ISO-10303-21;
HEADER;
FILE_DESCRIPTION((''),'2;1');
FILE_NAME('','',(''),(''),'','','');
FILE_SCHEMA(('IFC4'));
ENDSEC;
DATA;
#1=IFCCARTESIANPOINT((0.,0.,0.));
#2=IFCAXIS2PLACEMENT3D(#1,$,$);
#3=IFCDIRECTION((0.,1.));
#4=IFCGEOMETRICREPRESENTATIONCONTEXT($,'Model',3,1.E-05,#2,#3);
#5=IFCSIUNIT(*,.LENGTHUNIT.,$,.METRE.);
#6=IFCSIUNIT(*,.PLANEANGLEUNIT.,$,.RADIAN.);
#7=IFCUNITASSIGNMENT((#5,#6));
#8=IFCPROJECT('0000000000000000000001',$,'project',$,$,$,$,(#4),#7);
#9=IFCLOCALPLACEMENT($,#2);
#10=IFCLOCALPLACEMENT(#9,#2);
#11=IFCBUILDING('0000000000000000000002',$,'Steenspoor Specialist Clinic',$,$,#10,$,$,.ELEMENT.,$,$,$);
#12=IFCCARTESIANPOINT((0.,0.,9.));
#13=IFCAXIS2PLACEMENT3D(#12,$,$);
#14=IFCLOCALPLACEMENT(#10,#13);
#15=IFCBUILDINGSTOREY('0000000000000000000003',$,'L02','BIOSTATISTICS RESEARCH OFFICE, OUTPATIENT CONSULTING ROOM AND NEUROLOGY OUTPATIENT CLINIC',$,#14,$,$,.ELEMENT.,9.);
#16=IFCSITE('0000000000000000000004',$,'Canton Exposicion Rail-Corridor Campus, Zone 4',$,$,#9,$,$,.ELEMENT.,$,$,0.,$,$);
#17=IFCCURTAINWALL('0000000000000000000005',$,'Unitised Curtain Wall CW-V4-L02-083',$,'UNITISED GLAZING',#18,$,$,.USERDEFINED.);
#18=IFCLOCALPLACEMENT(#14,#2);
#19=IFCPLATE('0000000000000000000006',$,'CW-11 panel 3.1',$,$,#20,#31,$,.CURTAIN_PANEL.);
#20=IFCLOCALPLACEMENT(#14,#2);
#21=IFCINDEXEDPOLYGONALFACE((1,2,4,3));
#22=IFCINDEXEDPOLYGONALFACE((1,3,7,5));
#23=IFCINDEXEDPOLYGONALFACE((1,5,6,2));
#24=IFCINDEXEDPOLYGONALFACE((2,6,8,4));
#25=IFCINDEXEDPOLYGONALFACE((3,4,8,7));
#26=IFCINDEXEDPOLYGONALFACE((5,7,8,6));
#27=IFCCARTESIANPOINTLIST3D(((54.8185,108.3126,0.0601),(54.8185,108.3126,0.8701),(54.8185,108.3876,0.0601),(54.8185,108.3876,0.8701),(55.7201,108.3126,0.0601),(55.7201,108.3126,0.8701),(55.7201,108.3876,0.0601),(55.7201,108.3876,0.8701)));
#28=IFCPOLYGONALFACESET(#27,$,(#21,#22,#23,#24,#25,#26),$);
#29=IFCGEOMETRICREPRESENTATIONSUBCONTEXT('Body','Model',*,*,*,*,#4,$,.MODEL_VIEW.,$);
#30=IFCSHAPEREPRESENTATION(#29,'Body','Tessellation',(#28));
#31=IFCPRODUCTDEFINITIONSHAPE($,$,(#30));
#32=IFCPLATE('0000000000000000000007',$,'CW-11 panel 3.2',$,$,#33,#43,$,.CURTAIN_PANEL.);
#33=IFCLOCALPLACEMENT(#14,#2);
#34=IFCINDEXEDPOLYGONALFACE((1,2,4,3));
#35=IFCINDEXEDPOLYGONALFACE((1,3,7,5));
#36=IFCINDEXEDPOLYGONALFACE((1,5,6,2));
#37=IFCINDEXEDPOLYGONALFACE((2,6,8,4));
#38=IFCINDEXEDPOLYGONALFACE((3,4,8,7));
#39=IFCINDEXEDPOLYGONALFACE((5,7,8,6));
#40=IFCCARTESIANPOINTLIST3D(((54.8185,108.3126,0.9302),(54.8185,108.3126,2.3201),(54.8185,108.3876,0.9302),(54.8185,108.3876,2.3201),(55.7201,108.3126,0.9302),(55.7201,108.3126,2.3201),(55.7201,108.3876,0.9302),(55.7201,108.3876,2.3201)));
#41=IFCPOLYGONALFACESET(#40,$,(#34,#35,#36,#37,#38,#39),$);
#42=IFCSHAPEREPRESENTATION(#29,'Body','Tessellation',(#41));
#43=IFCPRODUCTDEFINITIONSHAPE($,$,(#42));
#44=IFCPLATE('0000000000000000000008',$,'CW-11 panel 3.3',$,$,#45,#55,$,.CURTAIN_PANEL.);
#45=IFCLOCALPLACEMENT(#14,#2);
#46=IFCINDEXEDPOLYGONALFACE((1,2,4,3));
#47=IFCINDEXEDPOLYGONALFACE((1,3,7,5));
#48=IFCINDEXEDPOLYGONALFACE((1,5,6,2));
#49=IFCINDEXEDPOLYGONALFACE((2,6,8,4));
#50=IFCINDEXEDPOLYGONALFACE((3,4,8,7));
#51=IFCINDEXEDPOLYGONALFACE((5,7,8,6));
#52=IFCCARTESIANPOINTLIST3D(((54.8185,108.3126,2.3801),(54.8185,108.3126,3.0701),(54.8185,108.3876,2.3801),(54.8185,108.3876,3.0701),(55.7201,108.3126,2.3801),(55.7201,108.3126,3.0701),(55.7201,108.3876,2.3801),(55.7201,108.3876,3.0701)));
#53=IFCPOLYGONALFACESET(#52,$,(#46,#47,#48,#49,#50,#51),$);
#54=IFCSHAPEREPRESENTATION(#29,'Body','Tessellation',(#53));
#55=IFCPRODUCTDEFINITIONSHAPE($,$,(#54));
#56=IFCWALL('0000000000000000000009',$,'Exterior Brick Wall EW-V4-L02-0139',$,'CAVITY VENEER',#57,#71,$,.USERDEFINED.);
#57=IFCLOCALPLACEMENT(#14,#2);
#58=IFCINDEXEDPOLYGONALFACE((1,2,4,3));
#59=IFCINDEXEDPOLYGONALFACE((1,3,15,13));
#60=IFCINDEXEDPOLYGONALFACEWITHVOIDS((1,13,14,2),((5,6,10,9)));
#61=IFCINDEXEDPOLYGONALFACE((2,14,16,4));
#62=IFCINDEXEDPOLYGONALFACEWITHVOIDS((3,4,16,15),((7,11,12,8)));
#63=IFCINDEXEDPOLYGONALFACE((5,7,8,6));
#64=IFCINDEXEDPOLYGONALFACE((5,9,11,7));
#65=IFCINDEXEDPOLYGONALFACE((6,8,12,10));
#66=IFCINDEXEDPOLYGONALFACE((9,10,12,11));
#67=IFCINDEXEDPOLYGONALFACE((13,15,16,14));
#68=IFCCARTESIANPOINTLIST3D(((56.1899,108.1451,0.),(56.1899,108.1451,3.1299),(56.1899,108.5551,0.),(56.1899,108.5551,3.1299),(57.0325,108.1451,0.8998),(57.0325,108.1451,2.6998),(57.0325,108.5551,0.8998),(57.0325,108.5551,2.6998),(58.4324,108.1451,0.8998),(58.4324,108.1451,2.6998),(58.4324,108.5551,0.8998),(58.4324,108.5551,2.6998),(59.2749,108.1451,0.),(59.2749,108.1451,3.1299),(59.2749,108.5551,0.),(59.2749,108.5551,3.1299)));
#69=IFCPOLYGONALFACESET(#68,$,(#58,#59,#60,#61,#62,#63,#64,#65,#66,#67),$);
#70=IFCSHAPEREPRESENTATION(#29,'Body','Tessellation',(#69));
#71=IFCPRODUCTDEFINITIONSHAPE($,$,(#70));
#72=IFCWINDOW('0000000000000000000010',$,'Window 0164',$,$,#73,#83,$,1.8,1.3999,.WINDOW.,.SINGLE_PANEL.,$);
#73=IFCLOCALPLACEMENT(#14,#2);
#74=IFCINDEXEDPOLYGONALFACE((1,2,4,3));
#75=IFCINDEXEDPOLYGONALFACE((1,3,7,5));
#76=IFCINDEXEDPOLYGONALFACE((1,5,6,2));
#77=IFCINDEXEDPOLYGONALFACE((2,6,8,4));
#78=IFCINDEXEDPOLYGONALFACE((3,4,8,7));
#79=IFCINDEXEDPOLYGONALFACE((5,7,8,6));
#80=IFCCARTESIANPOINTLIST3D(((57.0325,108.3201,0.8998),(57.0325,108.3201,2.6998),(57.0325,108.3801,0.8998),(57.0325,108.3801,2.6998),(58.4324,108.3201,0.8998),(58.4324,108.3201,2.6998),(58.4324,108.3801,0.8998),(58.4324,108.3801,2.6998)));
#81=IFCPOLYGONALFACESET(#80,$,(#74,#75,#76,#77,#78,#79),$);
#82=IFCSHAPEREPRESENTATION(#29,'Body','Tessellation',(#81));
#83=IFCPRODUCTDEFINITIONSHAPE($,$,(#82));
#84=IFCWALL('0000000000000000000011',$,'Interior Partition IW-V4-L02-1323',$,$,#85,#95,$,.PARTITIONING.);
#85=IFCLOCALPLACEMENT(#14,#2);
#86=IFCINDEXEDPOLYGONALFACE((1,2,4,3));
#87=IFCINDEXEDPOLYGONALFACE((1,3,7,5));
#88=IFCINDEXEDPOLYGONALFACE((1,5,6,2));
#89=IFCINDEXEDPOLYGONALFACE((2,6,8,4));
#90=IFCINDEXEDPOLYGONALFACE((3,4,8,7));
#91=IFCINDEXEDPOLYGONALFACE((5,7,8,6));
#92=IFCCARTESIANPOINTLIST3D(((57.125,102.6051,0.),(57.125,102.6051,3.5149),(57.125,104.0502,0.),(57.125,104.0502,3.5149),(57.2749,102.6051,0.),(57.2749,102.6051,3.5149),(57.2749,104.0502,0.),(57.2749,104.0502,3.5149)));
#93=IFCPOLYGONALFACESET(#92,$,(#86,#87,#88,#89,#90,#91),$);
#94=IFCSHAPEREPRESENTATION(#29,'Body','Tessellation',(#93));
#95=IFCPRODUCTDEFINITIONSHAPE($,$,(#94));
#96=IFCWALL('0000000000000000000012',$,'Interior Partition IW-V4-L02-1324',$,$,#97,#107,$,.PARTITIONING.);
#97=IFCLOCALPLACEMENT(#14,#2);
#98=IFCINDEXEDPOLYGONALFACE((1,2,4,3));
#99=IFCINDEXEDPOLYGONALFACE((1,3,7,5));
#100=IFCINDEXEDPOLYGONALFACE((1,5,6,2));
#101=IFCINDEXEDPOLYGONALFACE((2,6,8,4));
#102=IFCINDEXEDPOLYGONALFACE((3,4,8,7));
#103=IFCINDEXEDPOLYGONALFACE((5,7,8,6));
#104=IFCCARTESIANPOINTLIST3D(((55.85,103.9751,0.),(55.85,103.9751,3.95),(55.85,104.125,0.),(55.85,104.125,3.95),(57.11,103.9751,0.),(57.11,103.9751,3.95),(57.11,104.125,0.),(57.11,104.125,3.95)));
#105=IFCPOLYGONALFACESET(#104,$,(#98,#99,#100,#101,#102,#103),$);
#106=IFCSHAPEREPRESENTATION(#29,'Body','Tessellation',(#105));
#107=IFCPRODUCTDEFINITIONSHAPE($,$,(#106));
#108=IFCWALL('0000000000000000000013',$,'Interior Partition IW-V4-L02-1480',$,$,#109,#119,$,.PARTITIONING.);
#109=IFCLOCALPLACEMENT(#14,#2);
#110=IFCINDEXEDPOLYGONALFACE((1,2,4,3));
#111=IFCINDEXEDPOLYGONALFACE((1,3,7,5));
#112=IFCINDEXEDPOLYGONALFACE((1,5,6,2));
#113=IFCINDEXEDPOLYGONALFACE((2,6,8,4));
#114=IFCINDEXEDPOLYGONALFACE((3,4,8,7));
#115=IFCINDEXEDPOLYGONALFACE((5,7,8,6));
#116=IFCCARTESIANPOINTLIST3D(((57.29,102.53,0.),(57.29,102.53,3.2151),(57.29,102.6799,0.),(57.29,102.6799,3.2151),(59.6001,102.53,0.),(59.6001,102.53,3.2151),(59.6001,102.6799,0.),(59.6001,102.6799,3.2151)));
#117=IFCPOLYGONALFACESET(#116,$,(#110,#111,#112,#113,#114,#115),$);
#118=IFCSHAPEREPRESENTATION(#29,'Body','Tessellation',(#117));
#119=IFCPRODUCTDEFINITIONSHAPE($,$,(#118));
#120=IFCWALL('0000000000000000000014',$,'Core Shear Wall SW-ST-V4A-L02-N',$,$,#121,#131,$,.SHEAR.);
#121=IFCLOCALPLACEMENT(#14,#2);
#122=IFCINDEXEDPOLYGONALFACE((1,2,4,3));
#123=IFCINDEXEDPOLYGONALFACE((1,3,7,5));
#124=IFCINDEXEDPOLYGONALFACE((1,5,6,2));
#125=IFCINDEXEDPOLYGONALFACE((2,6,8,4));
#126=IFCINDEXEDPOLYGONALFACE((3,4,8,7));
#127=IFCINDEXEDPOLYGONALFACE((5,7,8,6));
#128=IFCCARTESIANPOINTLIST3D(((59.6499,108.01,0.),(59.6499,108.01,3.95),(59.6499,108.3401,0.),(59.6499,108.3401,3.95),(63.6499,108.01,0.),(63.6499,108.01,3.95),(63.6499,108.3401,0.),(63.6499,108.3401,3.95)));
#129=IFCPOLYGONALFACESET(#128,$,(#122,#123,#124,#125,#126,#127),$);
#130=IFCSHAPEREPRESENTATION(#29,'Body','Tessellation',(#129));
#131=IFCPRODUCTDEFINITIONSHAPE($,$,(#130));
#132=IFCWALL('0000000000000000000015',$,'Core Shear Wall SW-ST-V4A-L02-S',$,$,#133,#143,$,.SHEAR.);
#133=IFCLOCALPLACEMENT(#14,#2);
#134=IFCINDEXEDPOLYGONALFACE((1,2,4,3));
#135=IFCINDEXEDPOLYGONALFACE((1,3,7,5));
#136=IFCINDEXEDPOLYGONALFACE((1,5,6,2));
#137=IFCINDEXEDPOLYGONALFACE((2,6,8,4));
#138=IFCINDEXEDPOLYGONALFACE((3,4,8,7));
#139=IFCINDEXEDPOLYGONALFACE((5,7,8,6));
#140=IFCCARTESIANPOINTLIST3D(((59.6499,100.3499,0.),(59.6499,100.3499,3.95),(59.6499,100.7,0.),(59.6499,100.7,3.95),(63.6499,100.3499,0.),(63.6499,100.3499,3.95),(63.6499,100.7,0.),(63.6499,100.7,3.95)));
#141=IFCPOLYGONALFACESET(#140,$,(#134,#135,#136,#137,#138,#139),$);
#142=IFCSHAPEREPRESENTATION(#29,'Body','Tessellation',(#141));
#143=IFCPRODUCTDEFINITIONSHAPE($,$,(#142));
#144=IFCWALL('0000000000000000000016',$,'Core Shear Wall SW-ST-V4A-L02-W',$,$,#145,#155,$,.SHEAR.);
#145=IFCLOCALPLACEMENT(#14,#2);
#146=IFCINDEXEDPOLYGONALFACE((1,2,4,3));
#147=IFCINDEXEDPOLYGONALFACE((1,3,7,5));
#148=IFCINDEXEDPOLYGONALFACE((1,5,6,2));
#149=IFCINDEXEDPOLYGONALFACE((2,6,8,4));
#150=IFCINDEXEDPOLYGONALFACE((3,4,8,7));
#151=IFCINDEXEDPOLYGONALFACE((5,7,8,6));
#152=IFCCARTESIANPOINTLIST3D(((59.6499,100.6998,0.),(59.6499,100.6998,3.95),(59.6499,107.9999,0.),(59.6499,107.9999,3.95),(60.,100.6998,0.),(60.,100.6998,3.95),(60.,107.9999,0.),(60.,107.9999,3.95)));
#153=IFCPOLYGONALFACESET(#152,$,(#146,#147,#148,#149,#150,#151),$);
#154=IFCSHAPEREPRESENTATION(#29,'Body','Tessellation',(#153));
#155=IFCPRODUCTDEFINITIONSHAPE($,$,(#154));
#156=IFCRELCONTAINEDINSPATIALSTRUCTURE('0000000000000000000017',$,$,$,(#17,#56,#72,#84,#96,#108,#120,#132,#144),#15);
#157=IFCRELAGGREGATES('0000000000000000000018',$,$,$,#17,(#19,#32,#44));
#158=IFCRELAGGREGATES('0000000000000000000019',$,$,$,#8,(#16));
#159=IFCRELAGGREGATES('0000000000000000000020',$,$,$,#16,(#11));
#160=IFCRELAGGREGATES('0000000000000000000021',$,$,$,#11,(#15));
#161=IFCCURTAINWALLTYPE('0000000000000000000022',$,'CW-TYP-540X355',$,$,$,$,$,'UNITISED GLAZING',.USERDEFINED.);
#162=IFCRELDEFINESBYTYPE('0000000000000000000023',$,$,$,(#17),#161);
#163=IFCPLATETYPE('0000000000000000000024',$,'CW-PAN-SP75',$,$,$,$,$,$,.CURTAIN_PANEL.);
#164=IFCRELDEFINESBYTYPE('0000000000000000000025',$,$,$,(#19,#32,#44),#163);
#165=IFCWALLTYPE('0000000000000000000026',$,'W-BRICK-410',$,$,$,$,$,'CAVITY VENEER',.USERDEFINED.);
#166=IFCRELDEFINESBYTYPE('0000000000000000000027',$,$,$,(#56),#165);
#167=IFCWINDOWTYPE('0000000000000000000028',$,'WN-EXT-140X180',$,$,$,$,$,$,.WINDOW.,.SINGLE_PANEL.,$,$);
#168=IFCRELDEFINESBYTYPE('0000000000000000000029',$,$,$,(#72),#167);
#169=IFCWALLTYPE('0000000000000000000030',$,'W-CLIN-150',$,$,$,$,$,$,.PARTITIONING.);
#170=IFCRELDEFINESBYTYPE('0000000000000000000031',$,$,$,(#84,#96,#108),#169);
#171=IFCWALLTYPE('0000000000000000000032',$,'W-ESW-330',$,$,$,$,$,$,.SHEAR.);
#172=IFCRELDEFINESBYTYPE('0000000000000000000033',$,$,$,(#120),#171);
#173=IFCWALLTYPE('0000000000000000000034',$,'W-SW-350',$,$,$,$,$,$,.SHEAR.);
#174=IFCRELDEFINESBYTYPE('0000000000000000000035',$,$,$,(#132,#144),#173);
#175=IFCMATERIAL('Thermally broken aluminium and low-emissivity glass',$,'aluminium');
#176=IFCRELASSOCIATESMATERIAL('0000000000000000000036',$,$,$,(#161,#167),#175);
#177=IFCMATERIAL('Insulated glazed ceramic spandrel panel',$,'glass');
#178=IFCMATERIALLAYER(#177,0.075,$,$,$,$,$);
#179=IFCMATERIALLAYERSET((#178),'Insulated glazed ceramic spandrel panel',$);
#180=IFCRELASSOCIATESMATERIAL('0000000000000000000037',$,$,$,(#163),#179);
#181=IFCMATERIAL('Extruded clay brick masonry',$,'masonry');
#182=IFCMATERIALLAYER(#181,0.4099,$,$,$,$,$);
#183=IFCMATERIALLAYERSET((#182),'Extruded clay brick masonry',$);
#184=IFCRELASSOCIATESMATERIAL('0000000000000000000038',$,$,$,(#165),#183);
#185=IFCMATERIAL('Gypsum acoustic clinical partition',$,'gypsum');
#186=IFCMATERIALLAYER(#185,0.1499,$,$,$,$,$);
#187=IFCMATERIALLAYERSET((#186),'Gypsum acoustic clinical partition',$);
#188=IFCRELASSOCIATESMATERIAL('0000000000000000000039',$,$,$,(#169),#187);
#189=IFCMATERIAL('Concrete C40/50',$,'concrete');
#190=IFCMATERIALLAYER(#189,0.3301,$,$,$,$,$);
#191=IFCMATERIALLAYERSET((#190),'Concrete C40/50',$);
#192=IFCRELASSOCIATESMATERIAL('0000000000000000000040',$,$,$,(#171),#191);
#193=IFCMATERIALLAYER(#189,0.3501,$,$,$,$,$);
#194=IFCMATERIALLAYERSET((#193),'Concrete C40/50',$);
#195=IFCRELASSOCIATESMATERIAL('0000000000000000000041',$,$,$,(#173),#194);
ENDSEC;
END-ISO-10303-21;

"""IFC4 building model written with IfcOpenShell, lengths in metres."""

from ifc_helpers import new_model, si_unit, direction, frame, frame_2d, origin, origin_2d, place, context, subcontext, project, spatial, rectangle, extrude, material, layer, layer_set, type_object, element, fill, aggregate, save


model = new_model("IFC4")

# Units and contexts
model_context = context("Model", 3, precision=1e-05, world=origin(), true_north=direction((0.0, 1.0)))
body_context = subcontext(model_context, "Body", "Model", "MODEL_VIEW")
ifc_project = project(units=[si_unit("LENGTHUNIT", "METRE"), si_unit("PLANEANGLEUNIT", "RADIAN")], contexts=[model_context])

# Site, building, storey
site_placement = place(None, origin())
site = spatial("IfcSite", under=ifc_project, at=site_placement, Name="Canton Exposicion Rail-Corridor Campus, Zone 4", CompositionType="ELEMENT", RefElevation=0.0)
building_placement = place(site_placement, origin())
building = spatial("IfcBuilding", under=site, at=building_placement, Name="Steenspoor Specialist Clinic", CompositionType="ELEMENT")
storey_placement = place(building_placement, frame((0.0, 0.0, 9.0)))
storey = spatial("IfcBuildingStorey", under=building, at=storey_placement, Name="L02", Description="BIOSTATISTICS RESEARCH OFFICE, OUTPATIENT CONSULTING ROOM AND NEUROLOGY OUTPATIENT CLINIC", CompositionType="ELEMENT", Elevation=9.0)

# Shared definitions
ifc_material_1 = material(Name="Concrete C40/50", Category="concrete")

# Curtain wall
ifc_material_2 = material(Name="Thermally broken aluminium and low-emissivity glass", Category="aluminium")
curtain_wall_type = type_object("IfcCurtainWallType", Name="CW-TYP-540X355", ElementType="UNITISED GLAZING", PredefinedType="USERDEFINED", material=ifc_material_2)
curtain_wall_placement = place(storey_placement, origin())
curtain_wall = element("IfcCurtainWall", 1, at=curtain_wall_placement, inside=storey, type_object=curtain_wall_type, Name="Unitised Curtain Wall CW-V4-L02-083", ObjectType="UNITISED GLAZING", PredefinedType="USERDEFINED")

# Plates
ifc_material_3 = material(Name="Insulated glazed ceramic spandrel panel", Category="glass")
ifc_layer_1 = layer(ifc_material_3, 0.075)
ifc_layer_set_1 = layer_set([ifc_layer_1], Name="Insulated glazed ceramic spandrel panel")
plate_type = type_object("IfcPlateType", Name="CW-PAN-SP75", PredefinedType="CURTAIN_PANEL", material=ifc_layer_set_1)
plate_1_placement = place(storey_placement, frame((55.2693, 108.3501, 0.0601), z_axis=(0.0, 0.0, 1.0), x_axis=(1.0, 0.0, 0.0)))
plate_1 = element("IfcPlate", 2, at=plate_1_placement, type_object=plate_type, Name="CW-11 panel 3.1", PredefinedType="CURTAIN_PANEL", context=body_context, shape_type="SweptSolid", body=[
    extrude(rectangle(XDim=0.9016, YDim=0.075, at=origin_2d()), origin(), (0.0, 0.0, 1.0), 0.8101),
])
plate_2_placement = place(storey_placement, frame((55.2693, 108.3501, 0.9302), z_axis=(0.0, 0.0, 1.0), x_axis=(1.0, 0.0, 0.0)))
plate_2 = element("IfcPlate", 3, at=plate_2_placement, type_object=plate_type, Name="CW-11 panel 3.2", PredefinedType="CURTAIN_PANEL", context=body_context, shape_type="SweptSolid", body=[
    extrude(rectangle(XDim=0.9016, YDim=0.075, at=origin_2d()), origin(), (0.0, 0.0, 1.0), 1.3899),
])
plate_3_placement = place(storey_placement, frame((55.2693, 108.3501, 2.3801), z_axis=(0.0, 0.0, 1.0), x_axis=(1.0, 0.0, 0.0)))
plate_3 = element("IfcPlate", 4, at=plate_3_placement, type_object=plate_type, Name="CW-11 panel 3.3", PredefinedType="CURTAIN_PANEL", context=body_context, shape_type="SweptSolid", body=[
    extrude(rectangle(XDim=0.9016, YDim=0.075, at=origin_2d()), origin(), (0.0, 0.0, 1.0), 0.6899),
])
aggregate(curtain_wall, [plate_1, plate_2, plate_3])

# Wall, opening, window
ifc_material_4 = material(Name="Extruded clay brick masonry", Category="masonry")
ifc_layer_2 = layer(ifc_material_4, 0.4099)
ifc_layer_set_2 = layer_set([ifc_layer_2], Name="Extruded clay brick masonry")
wall_type_1 = type_object("IfcWallType", Name="W-BRICK-410", ElementType="CAVITY VENEER", PredefinedType="USERDEFINED", material=ifc_layer_set_2)
wall_1_placement = place(storey_placement, frame((56.1899, 108.3501, 0.0), z_axis=(0.0, 0.0, 1.0), x_axis=(1.0, 0.0, 0.0)))
wall_1 = element("IfcWall", 5, at=wall_1_placement, inside=storey, type_object=wall_type_1, Name="Exterior Brick Wall EW-V4-L02-0139", ObjectType="CAVITY VENEER", PredefinedType="USERDEFINED", context=body_context, shape_type="SweptSolid", body=[
    extrude(rectangle(XDim=3.085, YDim=0.4099, at=frame_2d((1.5425, 0.0))), origin(), (0.0, 0.0, 1.0), 3.1299),
])
opening_placement = place(wall_1_placement, frame((0.8425, 0.0, 0.8999)))
opening = element("IfcOpeningElement", 6, at=opening_placement, cuts=wall_1, PredefinedType="OPENING", context=body_context, shape_type="SweptSolid", body=[
    extrude(rectangle(XDim=1.3999, YDim=1.8, at=frame_2d((0.7, 0.8999))), frame((0.0, 0.2148, 0.0), z_axis=(0.0, -1.0, 0.0), x_axis=(1.0, 0.0, 0.0)), (0.0, 0.0, 1.0), 0.4299),
])
window_type = type_object("IfcWindowType", Name="WN-EXT-140X180", PartitioningType="SINGLE_PANEL", PredefinedType="WINDOW", material=ifc_material_2)
window_placement = place(opening_placement, origin())
window = element("IfcWindow", 7, at=window_placement, inside=storey, type_object=window_type, Name="Window 0164", OverallHeight=1.8, OverallWidth=1.3999, PartitioningType="SINGLE_PANEL", PredefinedType="WINDOW", context=body_context, shape_type="SweptSolid", body=[
    extrude(rectangle(XDim=1.3999, YDim=1.8, at=frame_2d((0.7, 0.8999))), frame((0.0, 0.03, 0.0), z_axis=(0.0, -1.0, 0.0), x_axis=(1.0, 0.0, 0.0)), (0.0, 0.0, 1.0), 0.0601),
])
fill(opening, window)

# Walls
ifc_material_5 = material(Name="Gypsum acoustic clinical partition", Category="gypsum")
ifc_layer_3 = layer(ifc_material_5, 0.1499)
ifc_layer_set_3 = layer_set([ifc_layer_3], Name="Gypsum acoustic clinical partition")
wall_type_2 = type_object("IfcWallType", Name="W-CLIN-150", PredefinedType="PARTITIONING", material=ifc_layer_set_3)
wall_2_placement = place(storey_placement, frame((57.2, 102.605, 0.0), z_axis=(0.0, 0.0, 1.0), x_axis=(0.0, 1.0, 0.0)))
element("IfcWall", 8, at=wall_2_placement, inside=storey, type_object=wall_type_2, Name="Interior Partition IW-V4-L02-1323", PredefinedType="PARTITIONING", context=body_context, shape_type="SweptSolid", body=[
    extrude(rectangle(XDim=1.4451, YDim=0.1499, at=frame_2d((0.7227, 0.0))), origin(), (0.0, 0.0, 1.0), 3.5149),
])
wall_3_placement = place(storey_placement, frame((55.8501, 104.05, 0.0), z_axis=(0.0, 0.0, 1.0), x_axis=(1.0, 0.0, 0.0)))
element("IfcWall", 9, at=wall_3_placement, inside=storey, type_object=wall_type_2, Name="Interior Partition IW-V4-L02-1324", PredefinedType="PARTITIONING", context=body_context, shape_type="SweptSolid", body=[
    extrude(rectangle(XDim=1.26, YDim=0.1499, at=frame_2d((0.6299, 0.0))), origin(), (0.0, 0.0, 1.0), 3.95),
])
wall_4_placement = place(storey_placement, frame((57.29, 102.605, 0.0), z_axis=(0.0, 0.0, 1.0), x_axis=(1.0, 0.0, 0.0)))
element("IfcWall", 10, at=wall_4_placement, inside=storey, type_object=wall_type_2, Name="Interior Partition IW-V4-L02-1480", PredefinedType="PARTITIONING", context=body_context, shape_type="SweptSolid", body=[
    extrude(rectangle(XDim=2.3101, YDim=0.1499, at=frame_2d((1.155, 0.0))), origin(), (0.0, 0.0, 1.0), 3.2151),
])
ifc_layer_4 = layer(ifc_material_1, 0.3301)
ifc_layer_set_4 = layer_set([ifc_layer_4], Name="Concrete C40/50")
wall_type_3 = type_object("IfcWallType", Name="W-ESW-330", PredefinedType="SHEAR", material=ifc_layer_set_4)
wall_5_placement = place(storey_placement, frame((59.6499, 108.175, 0.0), z_axis=(0.0, 0.0, 1.0), x_axis=(1.0, 0.0, 0.0)))
element("IfcWall", 11, at=wall_5_placement, inside=storey, type_object=wall_type_3, Name="Core Shear Wall SW-ST-V4A-L02-N", PredefinedType="SHEAR", context=body_context, shape_type="SweptSolid", body=[
    extrude(rectangle(XDim=4.0, YDim=0.3301, at=frame_2d((2.0, 0.0))), origin(), (0.0, 0.0, 1.0), 3.95),
])
ifc_layer_5 = layer(ifc_material_1, 0.3501)
ifc_layer_set_5 = layer_set([ifc_layer_5], Name="Concrete C40/50")
wall_type_4 = type_object("IfcWallType", Name="W-SW-350", PredefinedType="SHEAR", material=ifc_layer_set_5)
wall_6_placement = place(storey_placement, frame((59.6499, 100.5249, 0.0), z_axis=(0.0, 0.0, 1.0), x_axis=(1.0, 0.0, 0.0)))
element("IfcWall", 12, at=wall_6_placement, inside=storey, type_object=wall_type_4, Name="Core Shear Wall SW-ST-V4A-L02-S", PredefinedType="SHEAR", context=body_context, shape_type="SweptSolid", body=[
    extrude(rectangle(XDim=4.0, YDim=0.3501, at=frame_2d((2.0, 0.0))), origin(), (0.0, 0.0, 1.0), 3.95),
])
wall_7_placement = place(storey_placement, frame((59.825, 100.7, 0.0), z_axis=(0.0, 0.0, 1.0), x_axis=(0.0, 1.0, 0.0)))
element("IfcWall", 13, at=wall_7_placement, inside=storey, type_object=wall_type_4, Name="Core Shear Wall SW-ST-V4A-L02-W", PredefinedType="SHEAR", context=body_context, shape_type="SweptSolid", body=[
    extrude(rectangle(XDim=7.3, YDim=0.3501, at=frame_2d((3.6499, 0.0))), origin(), (0.0, 0.0, 1.0), 3.95),
])

save(model, "model.ifc")
